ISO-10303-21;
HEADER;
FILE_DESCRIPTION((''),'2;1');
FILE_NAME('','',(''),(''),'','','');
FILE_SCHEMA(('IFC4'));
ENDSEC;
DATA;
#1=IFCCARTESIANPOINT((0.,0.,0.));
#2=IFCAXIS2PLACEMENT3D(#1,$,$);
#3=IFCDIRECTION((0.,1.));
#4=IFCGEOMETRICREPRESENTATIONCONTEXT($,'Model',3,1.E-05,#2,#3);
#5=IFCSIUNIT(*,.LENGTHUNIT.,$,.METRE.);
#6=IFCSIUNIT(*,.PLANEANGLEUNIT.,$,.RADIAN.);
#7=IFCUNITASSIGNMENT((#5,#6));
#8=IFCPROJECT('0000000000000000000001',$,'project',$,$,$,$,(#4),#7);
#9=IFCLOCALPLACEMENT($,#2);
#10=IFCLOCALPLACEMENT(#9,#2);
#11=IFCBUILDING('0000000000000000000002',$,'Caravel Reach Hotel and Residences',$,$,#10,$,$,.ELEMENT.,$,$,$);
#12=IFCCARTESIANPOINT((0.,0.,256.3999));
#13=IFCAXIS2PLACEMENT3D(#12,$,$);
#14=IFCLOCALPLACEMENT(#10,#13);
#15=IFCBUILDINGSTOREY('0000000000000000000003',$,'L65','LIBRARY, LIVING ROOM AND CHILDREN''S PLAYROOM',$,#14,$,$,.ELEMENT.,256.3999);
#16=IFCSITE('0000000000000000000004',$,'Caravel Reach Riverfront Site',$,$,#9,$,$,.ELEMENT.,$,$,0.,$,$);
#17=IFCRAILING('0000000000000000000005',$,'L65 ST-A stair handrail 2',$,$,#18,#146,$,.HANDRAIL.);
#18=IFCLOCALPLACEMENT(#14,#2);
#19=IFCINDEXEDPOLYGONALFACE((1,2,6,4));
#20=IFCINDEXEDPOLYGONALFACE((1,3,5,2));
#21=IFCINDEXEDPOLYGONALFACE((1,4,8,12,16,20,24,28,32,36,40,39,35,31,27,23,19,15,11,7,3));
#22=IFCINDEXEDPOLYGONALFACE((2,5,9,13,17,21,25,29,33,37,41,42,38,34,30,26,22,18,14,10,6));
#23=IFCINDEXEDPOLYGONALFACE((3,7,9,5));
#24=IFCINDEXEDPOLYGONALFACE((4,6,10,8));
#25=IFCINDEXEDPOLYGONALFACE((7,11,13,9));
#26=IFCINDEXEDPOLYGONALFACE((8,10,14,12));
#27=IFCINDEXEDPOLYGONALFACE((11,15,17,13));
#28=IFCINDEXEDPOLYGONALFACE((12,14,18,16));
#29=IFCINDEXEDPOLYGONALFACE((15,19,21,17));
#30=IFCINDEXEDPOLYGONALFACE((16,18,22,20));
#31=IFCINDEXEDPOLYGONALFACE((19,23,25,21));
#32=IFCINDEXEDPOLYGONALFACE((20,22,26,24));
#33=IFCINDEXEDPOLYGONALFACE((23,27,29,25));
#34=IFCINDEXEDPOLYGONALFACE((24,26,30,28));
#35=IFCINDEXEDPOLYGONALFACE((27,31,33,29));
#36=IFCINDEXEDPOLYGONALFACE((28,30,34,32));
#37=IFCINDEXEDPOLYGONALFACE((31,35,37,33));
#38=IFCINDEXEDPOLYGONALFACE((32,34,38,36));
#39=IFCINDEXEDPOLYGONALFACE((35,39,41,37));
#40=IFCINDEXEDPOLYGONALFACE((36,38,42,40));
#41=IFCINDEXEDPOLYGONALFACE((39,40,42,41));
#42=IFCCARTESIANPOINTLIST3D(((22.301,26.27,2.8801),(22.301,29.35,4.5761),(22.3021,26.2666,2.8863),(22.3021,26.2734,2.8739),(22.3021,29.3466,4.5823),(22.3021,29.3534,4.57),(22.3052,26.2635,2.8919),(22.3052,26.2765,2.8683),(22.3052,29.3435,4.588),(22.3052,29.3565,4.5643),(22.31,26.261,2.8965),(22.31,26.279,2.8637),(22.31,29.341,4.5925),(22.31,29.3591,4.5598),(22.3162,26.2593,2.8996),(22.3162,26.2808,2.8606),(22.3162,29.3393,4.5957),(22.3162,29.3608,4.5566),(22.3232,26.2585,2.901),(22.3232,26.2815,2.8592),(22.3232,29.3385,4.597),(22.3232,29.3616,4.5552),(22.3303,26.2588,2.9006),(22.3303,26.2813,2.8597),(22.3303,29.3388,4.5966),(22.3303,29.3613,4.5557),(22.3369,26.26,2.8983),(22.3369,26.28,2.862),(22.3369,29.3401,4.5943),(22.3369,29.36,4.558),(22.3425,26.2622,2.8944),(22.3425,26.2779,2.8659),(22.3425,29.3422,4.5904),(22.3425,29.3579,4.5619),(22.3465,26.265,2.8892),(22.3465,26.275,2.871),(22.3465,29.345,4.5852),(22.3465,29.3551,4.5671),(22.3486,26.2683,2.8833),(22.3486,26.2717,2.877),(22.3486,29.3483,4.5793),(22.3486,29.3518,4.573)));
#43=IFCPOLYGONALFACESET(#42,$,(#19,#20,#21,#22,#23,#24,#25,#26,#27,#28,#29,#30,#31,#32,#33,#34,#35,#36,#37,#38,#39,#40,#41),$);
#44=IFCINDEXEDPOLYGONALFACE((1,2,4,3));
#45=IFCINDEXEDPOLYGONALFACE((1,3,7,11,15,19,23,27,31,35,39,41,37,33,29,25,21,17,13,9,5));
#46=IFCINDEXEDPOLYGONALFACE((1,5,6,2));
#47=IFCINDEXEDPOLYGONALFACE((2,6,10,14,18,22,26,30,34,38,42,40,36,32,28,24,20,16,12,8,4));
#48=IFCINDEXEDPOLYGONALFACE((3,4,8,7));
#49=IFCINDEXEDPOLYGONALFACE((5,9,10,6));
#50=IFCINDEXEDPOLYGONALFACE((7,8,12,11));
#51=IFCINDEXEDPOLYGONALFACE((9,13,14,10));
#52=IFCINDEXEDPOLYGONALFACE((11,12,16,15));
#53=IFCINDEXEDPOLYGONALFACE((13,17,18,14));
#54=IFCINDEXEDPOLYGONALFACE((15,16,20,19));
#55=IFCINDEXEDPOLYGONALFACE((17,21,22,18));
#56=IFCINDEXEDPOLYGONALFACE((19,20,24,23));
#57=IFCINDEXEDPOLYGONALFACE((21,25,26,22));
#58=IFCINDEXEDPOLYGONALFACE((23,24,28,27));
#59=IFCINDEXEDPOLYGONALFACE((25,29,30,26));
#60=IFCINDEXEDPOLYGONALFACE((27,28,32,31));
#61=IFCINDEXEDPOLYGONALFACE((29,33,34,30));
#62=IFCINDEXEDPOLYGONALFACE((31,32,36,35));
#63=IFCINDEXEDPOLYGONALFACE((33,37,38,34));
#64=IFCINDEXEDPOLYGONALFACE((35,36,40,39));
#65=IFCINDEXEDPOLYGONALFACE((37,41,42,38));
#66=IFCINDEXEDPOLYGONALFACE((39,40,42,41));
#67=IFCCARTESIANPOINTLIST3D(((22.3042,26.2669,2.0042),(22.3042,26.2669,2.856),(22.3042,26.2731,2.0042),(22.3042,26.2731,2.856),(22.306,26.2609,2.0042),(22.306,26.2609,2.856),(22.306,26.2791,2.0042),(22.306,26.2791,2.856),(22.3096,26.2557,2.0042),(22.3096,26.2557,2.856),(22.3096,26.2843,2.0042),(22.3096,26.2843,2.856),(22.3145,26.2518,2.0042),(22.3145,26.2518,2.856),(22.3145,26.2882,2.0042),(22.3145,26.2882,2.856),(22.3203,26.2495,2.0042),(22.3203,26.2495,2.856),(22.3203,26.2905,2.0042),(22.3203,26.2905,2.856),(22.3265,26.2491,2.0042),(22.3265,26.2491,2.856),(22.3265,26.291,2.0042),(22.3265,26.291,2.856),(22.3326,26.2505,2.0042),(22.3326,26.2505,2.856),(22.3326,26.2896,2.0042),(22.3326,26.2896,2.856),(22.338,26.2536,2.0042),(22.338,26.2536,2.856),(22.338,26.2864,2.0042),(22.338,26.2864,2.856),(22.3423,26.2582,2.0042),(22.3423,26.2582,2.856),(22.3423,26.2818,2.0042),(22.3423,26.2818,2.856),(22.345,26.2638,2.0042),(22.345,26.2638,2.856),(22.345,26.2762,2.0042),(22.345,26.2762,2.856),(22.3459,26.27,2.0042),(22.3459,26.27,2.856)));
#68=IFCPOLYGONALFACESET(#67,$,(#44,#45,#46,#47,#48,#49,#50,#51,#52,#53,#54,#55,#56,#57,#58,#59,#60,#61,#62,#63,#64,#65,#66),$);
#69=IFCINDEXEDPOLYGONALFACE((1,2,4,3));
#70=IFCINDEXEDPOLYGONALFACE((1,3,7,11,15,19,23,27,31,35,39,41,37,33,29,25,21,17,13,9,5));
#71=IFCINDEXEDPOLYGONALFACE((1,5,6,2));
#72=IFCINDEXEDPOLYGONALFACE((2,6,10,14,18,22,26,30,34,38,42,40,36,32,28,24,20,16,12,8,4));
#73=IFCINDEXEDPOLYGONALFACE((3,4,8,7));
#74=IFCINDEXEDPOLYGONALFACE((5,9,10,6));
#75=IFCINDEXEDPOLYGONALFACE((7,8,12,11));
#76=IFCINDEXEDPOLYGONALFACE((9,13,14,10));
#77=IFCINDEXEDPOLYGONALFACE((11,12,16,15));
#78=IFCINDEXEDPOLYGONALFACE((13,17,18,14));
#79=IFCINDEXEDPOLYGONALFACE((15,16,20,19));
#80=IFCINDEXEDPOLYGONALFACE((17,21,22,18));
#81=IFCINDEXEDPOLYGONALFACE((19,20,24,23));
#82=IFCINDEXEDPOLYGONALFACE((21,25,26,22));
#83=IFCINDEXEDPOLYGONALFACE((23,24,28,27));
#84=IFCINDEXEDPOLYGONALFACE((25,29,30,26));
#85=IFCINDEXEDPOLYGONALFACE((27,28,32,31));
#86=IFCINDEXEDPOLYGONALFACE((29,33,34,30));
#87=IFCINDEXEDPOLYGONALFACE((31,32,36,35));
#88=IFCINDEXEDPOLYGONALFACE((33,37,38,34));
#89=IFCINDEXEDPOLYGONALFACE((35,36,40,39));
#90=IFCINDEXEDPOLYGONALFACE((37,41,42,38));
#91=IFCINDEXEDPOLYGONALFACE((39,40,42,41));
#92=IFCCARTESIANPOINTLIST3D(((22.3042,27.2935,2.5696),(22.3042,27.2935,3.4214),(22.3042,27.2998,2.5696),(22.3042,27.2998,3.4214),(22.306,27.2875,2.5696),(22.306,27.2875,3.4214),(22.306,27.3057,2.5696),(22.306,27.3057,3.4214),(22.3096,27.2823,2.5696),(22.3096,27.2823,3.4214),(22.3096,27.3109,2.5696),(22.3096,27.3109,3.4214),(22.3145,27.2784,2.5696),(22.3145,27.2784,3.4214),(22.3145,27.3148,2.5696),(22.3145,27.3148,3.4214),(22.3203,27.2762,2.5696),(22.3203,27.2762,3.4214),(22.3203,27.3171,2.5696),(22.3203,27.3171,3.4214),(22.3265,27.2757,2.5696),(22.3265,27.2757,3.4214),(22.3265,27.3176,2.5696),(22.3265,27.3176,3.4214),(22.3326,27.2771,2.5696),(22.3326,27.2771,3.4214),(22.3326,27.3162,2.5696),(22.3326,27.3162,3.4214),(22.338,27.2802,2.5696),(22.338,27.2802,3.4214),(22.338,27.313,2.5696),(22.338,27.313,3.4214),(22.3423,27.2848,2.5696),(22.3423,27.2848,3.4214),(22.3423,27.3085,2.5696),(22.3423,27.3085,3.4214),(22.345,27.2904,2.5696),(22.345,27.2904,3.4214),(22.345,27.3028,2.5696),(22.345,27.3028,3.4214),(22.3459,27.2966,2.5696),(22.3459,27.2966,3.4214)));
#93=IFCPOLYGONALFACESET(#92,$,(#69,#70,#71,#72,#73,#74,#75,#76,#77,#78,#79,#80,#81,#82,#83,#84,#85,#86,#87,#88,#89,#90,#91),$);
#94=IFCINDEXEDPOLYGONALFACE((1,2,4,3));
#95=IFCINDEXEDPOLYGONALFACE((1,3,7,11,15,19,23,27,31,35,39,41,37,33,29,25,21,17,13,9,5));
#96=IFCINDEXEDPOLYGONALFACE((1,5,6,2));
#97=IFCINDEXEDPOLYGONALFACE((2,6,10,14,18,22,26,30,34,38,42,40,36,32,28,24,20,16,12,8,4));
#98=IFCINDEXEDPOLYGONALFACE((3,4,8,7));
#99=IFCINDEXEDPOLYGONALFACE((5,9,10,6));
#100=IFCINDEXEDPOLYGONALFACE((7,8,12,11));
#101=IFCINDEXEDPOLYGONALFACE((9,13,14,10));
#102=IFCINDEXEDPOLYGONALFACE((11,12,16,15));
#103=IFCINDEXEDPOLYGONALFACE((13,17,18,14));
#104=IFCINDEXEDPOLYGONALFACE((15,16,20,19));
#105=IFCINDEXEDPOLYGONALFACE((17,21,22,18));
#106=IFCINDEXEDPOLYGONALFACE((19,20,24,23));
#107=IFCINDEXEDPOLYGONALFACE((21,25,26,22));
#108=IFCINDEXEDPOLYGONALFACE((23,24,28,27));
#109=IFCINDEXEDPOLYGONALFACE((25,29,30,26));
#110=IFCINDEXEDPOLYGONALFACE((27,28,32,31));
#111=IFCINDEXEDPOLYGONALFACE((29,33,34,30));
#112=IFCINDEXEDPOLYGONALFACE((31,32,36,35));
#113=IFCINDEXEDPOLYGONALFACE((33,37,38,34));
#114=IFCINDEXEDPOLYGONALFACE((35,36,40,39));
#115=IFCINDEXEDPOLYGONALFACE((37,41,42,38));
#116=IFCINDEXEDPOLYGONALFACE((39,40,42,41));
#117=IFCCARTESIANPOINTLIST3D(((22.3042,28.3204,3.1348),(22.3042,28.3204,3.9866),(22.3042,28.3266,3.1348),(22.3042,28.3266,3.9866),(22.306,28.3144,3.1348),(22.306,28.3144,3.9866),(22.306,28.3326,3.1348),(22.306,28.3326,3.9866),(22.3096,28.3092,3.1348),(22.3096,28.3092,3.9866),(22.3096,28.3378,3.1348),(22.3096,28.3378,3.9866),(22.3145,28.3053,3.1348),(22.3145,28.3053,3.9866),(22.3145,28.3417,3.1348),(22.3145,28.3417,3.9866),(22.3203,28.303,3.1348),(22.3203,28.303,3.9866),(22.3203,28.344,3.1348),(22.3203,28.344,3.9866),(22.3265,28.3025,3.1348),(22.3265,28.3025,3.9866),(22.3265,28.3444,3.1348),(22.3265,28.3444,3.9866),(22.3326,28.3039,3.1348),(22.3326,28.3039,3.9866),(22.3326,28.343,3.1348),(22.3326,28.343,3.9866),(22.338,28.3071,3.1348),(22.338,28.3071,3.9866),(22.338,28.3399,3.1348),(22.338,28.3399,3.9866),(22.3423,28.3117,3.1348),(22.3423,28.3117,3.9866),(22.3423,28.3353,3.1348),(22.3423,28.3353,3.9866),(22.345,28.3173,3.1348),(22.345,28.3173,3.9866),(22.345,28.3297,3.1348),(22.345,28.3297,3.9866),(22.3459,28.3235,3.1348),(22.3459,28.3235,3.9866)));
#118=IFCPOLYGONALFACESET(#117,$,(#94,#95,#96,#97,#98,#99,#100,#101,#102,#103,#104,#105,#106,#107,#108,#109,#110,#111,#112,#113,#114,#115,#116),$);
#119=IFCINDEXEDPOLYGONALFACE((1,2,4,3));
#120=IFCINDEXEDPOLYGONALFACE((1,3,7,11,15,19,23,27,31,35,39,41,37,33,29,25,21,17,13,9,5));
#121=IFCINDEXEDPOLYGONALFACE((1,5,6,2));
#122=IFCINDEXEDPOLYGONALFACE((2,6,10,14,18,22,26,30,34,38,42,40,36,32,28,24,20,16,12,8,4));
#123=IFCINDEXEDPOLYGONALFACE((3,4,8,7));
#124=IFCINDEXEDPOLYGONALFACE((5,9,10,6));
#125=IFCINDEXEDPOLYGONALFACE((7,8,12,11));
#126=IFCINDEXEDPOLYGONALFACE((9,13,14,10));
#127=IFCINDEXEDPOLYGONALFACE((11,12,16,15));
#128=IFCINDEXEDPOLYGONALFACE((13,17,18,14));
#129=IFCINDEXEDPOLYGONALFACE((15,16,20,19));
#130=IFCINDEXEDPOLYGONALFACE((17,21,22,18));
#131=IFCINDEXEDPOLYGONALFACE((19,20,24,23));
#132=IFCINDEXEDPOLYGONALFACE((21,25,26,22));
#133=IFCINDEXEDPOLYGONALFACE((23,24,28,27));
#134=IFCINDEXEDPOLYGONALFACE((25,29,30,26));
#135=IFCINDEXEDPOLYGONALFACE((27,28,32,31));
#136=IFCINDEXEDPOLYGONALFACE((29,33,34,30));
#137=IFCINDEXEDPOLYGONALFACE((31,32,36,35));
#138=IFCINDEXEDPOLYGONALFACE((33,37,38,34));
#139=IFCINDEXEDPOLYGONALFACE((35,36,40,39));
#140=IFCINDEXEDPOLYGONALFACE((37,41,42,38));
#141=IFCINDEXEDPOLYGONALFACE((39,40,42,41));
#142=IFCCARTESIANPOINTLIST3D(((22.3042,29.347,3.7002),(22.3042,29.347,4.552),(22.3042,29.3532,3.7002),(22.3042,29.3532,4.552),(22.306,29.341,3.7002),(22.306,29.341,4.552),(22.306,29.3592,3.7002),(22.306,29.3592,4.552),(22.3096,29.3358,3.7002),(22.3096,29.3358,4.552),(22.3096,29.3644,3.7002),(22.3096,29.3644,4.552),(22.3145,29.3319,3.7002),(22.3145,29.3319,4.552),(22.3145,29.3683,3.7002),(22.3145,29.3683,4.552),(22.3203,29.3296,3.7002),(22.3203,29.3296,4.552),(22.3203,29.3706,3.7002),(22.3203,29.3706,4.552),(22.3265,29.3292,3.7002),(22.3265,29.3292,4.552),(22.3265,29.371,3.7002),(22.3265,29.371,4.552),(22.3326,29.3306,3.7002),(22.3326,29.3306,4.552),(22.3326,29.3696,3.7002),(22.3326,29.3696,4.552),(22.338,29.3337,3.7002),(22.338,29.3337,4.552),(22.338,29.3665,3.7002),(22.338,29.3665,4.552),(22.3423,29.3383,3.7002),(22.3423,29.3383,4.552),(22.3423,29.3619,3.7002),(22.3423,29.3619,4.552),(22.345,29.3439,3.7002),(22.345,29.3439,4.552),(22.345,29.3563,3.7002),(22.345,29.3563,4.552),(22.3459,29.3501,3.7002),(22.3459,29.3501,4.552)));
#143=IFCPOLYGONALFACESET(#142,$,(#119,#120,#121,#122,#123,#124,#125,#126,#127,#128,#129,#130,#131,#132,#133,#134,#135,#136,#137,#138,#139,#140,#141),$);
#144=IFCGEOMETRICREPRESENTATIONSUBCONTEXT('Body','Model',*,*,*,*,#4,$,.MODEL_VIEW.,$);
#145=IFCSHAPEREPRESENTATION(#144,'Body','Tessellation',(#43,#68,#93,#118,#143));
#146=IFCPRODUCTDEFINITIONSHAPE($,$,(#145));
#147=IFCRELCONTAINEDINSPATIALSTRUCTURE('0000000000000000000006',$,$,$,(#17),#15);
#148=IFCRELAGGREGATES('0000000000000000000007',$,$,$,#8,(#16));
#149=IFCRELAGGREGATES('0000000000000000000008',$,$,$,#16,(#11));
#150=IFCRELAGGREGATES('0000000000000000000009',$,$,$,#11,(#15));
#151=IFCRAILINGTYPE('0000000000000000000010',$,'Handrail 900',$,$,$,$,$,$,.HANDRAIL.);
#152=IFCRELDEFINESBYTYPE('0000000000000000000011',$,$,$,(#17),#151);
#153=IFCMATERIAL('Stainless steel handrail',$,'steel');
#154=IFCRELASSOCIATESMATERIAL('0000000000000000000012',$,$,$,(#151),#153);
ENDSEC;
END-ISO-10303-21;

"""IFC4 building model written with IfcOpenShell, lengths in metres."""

from ifc_helpers import new_model, si_unit, direction, frame, origin, origin_2d, place, context, subcontext, project, spatial, circle, extrude, material, type_object, element, save


model = new_model("IFC4")

# Units and contexts
model_context = context("Model", 3, precision=1e-05, world=origin(), true_north=direction((0.0, 1.0)))
body_context = subcontext(model_context, "Body", "Model", "MODEL_VIEW")
ifc_project = project(units=[si_unit("LENGTHUNIT", "METRE"), si_unit("PLANEANGLEUNIT", "RADIAN")], contexts=[model_context])

# Site, building, storey
site_placement = place(None, origin())
site = spatial("IfcSite", under=ifc_project, at=site_placement, Name="Caravel Reach Riverfront Site", CompositionType="ELEMENT", RefElevation=0.0)
building_placement = place(site_placement, origin())
building = spatial("IfcBuilding", under=site, at=building_placement, Name="Caravel Reach Hotel and Residences", CompositionType="ELEMENT")
storey_placement = place(building_placement, frame((0.0, 0.0, 256.3999)))
storey = spatial("IfcBuildingStorey", under=building, at=storey_placement, Name="L65", Description="LIBRARY, LIVING ROOM AND CHILDREN'S PLAYROOM", CompositionType="ELEMENT", Elevation=256.3999)

# Railing
ifc_material_1 = material(Name="Stainless steel handrail", Category="steel")
railing_type_1 = type_object("IfcRailingType", Name="Handrail 900", PredefinedType="HANDRAIL", material=ifc_material_1)
railing_1_placement = place(storey_placement, frame((22.325, 26.27, 2.0042)))
element("IfcRailing", 1, at=railing_1_placement, inside=storey, type_object=railing_type_1, Name="L65 ST-A stair handrail 2", PredefinedType="HANDRAIL", context=body_context, shape_type="SweptSolid", body=[
    extrude(circle(Radius=0.0239, at=origin_2d()), frame((0.0, 0.0, 0.876), z_axis=(0.0, 0.875975, 0.482356), x_axis=(-1.0, 0.0, 0.0)), (0.0, 0.0, 1.0), 3.5161),
    extrude(circle(Radius=0.021, at=origin_2d()), origin(), (0.0, 0.0, 1.0), 0.8518),
    extrude(circle(Radius=0.021, at=origin_2d()), frame((0.0, 1.0266, 0.5654)), (0.0, 0.0, 1.0), 0.8518),
    extrude(circle(Radius=0.021, at=origin_2d()), frame((0.0, 2.0535, 1.1306)), (0.0, 0.0, 1.0), 0.8518),
    extrude(circle(Radius=0.021, at=origin_2d()), frame((0.0, 3.0801, 1.696)), (0.0, 0.0, 1.0), 0.8518),
])

save(model, "model.ifc")
